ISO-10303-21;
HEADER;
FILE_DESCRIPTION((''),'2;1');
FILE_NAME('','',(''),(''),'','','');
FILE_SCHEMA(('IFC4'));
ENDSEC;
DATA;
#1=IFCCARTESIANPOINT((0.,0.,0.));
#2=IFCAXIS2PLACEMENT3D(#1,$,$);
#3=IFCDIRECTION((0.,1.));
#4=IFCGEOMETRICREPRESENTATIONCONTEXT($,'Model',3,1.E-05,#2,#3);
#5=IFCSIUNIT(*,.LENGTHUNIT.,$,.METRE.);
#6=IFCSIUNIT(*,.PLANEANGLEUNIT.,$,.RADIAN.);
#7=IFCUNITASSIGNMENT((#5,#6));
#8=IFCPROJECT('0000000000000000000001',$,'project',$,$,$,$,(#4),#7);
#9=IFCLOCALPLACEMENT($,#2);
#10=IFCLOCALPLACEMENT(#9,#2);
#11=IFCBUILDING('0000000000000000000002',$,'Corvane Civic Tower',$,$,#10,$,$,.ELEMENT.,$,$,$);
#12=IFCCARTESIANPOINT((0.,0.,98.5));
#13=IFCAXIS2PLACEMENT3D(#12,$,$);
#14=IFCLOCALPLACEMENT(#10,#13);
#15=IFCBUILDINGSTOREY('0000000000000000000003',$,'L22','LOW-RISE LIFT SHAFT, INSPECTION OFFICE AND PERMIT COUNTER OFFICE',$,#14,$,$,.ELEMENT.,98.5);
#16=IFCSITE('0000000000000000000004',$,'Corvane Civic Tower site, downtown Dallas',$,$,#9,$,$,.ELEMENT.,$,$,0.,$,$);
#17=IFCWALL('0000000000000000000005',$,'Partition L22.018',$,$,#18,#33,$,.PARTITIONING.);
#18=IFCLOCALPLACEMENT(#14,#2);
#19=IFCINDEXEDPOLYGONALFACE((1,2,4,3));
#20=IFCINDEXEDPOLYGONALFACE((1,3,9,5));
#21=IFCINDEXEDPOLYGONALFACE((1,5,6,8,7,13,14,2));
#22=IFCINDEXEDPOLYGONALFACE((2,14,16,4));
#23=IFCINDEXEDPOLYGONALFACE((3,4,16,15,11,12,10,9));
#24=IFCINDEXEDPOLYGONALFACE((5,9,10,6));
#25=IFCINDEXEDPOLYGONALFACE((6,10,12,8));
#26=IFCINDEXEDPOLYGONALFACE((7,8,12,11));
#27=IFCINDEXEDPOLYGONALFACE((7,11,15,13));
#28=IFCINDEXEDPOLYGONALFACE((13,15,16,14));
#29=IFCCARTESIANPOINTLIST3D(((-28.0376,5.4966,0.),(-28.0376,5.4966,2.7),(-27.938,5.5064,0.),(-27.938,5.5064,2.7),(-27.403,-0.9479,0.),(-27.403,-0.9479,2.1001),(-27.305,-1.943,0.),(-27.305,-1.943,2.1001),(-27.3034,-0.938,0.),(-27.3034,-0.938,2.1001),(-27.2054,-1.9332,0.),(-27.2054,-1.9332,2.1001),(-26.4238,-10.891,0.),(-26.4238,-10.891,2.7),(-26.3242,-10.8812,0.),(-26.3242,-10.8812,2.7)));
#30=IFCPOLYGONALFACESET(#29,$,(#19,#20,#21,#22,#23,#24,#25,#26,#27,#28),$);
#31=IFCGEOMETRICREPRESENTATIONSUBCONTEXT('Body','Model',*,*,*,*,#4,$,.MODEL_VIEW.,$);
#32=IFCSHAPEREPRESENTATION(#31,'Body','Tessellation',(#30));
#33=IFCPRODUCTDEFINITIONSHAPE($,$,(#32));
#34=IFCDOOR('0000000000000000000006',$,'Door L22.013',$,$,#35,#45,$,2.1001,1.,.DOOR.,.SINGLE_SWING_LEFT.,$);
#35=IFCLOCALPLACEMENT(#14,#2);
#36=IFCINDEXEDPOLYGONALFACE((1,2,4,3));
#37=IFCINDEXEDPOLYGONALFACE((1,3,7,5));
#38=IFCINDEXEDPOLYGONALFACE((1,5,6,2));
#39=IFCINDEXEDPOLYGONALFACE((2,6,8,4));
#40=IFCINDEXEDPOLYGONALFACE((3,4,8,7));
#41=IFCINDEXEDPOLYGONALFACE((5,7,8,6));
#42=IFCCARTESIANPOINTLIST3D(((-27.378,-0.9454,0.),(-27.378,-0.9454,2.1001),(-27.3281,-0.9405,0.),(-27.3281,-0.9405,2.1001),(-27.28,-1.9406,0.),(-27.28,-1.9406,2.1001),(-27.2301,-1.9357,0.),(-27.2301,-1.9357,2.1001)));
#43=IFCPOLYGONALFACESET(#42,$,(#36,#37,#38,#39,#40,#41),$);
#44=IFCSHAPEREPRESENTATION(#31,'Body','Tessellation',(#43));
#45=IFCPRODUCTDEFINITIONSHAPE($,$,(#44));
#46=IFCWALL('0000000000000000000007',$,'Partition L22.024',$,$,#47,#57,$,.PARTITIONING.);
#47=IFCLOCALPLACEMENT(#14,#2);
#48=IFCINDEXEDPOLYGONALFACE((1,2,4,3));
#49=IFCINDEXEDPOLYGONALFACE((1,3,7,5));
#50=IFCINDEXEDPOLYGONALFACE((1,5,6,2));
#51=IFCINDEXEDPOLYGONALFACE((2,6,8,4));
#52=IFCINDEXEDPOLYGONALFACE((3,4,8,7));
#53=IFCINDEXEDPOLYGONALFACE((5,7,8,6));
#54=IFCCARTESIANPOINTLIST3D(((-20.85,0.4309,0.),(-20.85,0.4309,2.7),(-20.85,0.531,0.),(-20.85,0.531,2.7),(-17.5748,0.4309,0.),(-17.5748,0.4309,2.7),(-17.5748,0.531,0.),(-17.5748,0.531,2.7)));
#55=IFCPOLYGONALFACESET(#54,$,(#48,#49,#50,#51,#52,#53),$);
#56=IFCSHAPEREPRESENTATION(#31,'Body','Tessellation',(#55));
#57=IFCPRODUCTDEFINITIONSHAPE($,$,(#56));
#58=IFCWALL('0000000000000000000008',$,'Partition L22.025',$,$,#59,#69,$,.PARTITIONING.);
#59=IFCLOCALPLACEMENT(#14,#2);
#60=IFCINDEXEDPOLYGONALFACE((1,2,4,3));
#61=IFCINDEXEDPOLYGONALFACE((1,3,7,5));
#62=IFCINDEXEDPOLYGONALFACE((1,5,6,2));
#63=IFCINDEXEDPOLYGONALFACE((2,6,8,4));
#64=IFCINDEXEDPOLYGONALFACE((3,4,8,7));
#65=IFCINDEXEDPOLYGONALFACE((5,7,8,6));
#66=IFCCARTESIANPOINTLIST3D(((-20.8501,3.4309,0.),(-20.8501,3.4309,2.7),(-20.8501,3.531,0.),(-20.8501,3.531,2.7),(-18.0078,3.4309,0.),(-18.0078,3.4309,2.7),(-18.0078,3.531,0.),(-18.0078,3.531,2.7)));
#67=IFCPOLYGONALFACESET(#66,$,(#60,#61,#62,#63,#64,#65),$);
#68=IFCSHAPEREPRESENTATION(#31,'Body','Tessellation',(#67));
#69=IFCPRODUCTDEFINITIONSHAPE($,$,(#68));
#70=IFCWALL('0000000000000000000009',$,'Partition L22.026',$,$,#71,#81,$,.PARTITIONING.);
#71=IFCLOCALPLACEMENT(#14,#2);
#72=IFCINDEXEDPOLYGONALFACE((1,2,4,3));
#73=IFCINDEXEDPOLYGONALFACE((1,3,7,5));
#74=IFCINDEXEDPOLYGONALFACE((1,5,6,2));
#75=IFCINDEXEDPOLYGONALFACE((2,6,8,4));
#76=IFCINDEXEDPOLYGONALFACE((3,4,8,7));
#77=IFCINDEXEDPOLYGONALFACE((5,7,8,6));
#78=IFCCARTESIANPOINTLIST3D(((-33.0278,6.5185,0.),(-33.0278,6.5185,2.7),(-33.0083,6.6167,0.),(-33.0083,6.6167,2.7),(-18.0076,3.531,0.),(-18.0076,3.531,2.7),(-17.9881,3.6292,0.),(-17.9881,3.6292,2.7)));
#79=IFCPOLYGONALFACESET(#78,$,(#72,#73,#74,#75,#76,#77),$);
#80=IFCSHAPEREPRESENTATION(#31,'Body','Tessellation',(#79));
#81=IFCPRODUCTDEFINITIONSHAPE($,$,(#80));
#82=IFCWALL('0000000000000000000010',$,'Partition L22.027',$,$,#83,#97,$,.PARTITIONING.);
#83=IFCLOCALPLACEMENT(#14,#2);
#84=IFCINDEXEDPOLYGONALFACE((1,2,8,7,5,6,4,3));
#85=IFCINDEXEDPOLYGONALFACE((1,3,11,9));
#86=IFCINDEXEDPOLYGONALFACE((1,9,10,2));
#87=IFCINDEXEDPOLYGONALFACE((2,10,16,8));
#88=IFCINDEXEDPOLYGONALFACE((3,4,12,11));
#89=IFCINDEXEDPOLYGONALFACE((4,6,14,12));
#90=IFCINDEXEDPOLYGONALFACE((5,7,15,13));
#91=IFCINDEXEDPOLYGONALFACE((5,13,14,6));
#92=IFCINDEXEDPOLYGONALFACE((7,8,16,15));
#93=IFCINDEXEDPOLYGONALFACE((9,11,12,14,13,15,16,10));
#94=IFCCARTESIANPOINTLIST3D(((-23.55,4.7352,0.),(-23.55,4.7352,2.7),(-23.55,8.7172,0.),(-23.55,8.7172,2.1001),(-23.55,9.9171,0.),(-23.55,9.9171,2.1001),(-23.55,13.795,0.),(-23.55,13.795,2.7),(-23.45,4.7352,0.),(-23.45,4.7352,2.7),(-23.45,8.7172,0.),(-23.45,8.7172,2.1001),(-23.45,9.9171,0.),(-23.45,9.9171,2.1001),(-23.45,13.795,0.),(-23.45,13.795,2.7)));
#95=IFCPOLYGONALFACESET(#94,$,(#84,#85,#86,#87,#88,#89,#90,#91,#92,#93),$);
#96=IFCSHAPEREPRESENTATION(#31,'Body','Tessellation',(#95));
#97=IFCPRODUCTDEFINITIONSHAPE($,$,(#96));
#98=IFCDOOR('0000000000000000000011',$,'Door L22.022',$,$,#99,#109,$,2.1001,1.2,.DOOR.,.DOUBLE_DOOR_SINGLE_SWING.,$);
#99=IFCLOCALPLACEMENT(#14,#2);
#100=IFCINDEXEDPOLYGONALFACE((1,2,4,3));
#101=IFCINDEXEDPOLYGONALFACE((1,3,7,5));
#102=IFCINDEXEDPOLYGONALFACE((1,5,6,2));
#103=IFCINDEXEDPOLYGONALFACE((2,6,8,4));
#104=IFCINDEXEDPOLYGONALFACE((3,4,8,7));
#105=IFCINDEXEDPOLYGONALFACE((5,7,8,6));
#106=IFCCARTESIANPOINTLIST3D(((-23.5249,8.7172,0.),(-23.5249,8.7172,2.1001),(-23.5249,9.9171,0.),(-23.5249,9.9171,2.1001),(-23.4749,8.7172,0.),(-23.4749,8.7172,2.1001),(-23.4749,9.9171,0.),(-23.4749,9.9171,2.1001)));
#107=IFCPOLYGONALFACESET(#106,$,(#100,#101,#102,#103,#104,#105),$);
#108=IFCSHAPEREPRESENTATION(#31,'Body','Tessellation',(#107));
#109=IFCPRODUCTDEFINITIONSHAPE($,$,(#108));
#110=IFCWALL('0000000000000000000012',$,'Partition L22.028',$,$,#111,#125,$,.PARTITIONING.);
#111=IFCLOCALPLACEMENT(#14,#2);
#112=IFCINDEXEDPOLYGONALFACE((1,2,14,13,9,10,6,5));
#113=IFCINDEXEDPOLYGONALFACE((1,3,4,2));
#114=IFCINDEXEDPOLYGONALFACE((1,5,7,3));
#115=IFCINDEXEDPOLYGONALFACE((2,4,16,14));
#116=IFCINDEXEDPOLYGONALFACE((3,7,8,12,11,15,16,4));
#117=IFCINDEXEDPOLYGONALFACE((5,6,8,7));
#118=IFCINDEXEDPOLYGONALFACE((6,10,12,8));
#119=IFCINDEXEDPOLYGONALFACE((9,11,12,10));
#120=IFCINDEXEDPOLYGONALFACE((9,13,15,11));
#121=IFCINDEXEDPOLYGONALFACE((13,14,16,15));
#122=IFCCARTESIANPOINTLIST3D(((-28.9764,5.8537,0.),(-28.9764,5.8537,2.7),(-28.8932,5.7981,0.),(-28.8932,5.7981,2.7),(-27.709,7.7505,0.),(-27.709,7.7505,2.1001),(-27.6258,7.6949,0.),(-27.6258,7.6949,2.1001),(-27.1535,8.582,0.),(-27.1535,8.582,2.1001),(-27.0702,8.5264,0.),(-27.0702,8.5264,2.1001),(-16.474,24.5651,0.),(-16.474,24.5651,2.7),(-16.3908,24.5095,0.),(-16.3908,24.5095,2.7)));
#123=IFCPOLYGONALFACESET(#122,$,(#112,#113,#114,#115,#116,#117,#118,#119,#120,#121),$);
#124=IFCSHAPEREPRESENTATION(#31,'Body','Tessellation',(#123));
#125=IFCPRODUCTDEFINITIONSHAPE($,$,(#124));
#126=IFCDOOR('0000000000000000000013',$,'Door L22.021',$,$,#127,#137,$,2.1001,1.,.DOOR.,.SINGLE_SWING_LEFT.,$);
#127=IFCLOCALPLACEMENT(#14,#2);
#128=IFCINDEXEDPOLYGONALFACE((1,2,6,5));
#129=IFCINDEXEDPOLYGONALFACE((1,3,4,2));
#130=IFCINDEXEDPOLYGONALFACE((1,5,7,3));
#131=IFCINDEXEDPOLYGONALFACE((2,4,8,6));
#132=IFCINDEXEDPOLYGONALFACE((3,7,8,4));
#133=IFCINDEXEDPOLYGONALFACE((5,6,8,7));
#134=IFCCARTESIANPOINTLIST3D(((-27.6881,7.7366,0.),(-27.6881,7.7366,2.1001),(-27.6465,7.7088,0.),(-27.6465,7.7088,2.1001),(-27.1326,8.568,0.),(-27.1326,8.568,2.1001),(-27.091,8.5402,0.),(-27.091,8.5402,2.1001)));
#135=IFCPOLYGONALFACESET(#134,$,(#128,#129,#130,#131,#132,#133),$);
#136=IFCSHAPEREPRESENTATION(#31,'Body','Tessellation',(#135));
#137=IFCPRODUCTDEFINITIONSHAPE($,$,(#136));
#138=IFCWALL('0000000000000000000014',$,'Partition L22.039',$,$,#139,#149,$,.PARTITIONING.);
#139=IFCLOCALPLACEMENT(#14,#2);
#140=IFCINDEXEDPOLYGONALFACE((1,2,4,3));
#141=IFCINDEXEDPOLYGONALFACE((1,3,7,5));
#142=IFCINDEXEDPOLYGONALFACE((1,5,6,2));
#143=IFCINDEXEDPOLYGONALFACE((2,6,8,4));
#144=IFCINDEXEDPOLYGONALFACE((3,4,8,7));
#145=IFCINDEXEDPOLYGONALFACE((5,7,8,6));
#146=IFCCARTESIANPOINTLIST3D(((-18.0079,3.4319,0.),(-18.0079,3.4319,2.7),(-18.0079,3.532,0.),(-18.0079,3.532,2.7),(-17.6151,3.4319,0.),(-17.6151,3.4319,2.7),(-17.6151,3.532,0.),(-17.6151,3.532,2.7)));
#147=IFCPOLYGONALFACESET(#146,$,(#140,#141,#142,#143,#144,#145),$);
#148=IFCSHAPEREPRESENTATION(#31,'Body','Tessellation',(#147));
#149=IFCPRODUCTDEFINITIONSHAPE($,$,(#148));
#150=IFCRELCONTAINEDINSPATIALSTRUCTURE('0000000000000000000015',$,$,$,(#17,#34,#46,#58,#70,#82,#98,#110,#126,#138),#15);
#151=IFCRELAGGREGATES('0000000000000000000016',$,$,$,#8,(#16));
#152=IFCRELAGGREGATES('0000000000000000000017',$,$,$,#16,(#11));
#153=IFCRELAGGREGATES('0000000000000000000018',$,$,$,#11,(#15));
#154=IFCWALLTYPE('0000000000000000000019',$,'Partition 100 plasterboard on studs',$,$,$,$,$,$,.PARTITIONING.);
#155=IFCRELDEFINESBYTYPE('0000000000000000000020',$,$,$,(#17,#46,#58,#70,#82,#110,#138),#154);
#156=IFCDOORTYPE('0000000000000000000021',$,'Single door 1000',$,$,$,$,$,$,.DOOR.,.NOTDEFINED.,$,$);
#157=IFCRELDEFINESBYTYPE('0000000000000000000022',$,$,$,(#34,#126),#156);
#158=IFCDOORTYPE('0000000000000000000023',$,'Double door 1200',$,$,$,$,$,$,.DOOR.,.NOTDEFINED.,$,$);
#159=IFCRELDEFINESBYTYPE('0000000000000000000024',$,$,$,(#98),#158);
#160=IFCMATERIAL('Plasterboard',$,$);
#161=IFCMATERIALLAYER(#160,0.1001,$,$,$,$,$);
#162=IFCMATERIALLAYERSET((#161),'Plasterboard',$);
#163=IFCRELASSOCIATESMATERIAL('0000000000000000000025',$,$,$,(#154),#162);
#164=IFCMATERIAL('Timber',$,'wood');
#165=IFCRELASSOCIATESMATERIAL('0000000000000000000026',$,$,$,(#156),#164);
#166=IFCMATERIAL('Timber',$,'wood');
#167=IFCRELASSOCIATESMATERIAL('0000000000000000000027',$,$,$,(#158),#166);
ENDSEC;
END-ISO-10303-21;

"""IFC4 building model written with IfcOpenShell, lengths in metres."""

from ifc_helpers import new_model, si_unit, direction, frame, frame_2d, origin, place, context, subcontext, project, spatial, rectangle, extrude, material, layer, layer_set, type_object, element, fill, save


model = new_model("IFC4")

# Units and contexts
model_context = context("Model", 3, precision=1e-05, world=origin(), true_north=direction((0.0, 1.0)))
body_context = subcontext(model_context, "Body", "Model", "MODEL_VIEW")
ifc_project = project(units=[si_unit("LENGTHUNIT", "METRE"), si_unit("PLANEANGLEUNIT", "RADIAN")], contexts=[model_context])

# Site, building, storey
site_placement = place(None, origin())
site = spatial("IfcSite", under=ifc_project, at=site_placement, Name="Corvane Civic Tower site, downtown Dallas", CompositionType="ELEMENT", RefElevation=0.0)
building_placement = place(site_placement, origin())
building = spatial("IfcBuilding", under=site, at=building_placement, Name="Corvane Civic Tower", CompositionType="ELEMENT")
storey_placement = place(building_placement, frame((0.0, 0.0, 98.5)))
storey = spatial("IfcBuildingStorey", under=building, at=storey_placement, Name="L22", Description="LOW-RISE LIFT SHAFT, INSPECTION OFFICE AND PERMIT COUNTER OFFICE", CompositionType="ELEMENT", Elevation=98.5)

# Wall, opening, door
ifc_material_1 = material(Name="Plasterboard")
ifc_layer_1 = layer(ifc_material_1, 0.1001)
ifc_layer_set_1 = layer_set([ifc_layer_1], Name="Plasterboard")
wall_type = type_object("IfcWallType", Name="Partition 100 plasterboard on studs", PredefinedType="PARTITIONING", material=ifc_layer_set_1)
wall_1_placement = place(storey_placement, frame((-27.9878, 5.5015, 0.0), z_axis=(0.0, 0.0, 1.0), x_axis=(0.098002, -0.995186, 0.0)))
wall_1 = element("IfcWall", 1, at=wall_1_placement, inside=storey, type_object=wall_type, Name="Partition L22.018", PredefinedType="PARTITIONING", context=body_context, shape_type="SweptSolid", body=[
    extrude(rectangle(XDim=16.4668, YDim=0.1001, at=frame_2d((8.2334, 0.0))), origin(), (0.0, 0.0, 1.0), 2.7),
])
opening_1_placement = place(wall_1_placement, frame((6.4756, 0.0, 0.0)))
opening_1 = element("IfcOpeningElement", 2, at=opening_1_placement, cuts=wall_1, PredefinedType="OPENING", context=body_context, shape_type="SweptSolid", body=[
    extrude(rectangle(XDim=1.0, YDim=2.1001, at=frame_2d((0.5, 1.05))), frame((0.0, 0.0601, 0.0), z_axis=(0.0, -1.0, 0.0), x_axis=(1.0, 0.0, 0.0)), (0.0, 0.0, 1.0), 0.1201),
])
ifc_material_2 = material(Name="Timber", Category="wood")
door_type_1 = type_object("IfcDoorType", Name="Single door 1000", OperationType="NOTDEFINED", PredefinedType="DOOR", material=ifc_material_2)
door_1_placement = place(opening_1_placement, frame((1.0, 0.0, 0.0), z_axis=(0.0, 0.0, 1.0), x_axis=(-1.0, 0.0, 0.0)))
door_1 = element("IfcDoor", 3, at=door_1_placement, inside=storey, type_object=door_type_1, Name="Door L22.013", OperationType="SINGLE_SWING_LEFT", OverallHeight=2.1001, OverallWidth=1.0, PredefinedType="DOOR", context=body_context, shape_type="SweptSolid", body=[
    extrude(rectangle(XDim=1.0, YDim=2.1001, at=frame_2d((0.5, 1.05))), frame((0.0, 0.0249, 0.0), z_axis=(0.0, -1.0, 0.0), x_axis=(1.0, 0.0, 0.0)), (0.0, 0.0, 1.0), 0.05),
])
fill(opening_1, door_1)

# Walls
wall_2_placement = place(storey_placement, frame((-20.8501, 0.481, 0.0), z_axis=(0.0, 0.0, 1.0), x_axis=(1.0, 0.0, 0.0)))
element("IfcWall", 4, at=wall_2_placement, inside=storey, type_object=wall_type, Name="Partition L22.024", PredefinedType="PARTITIONING", context=body_context, shape_type="SweptSolid", body=[
    extrude(rectangle(XDim=3.2751, YDim=0.1001, at=frame_2d((1.6377, 0.0))), origin(), (0.0, 0.0, 1.0), 2.7),
])
wall_3_placement = place(storey_placement, frame((-20.8501, 3.481, 0.0), z_axis=(0.0, 0.0, 1.0), x_axis=(1.0, 0.0, 0.0)))
element("IfcWall", 5, at=wall_3_placement, inside=storey, type_object=wall_type, Name="Partition L22.025", PredefinedType="PARTITIONING", context=body_context, shape_type="SweptSolid", body=[
    extrude(rectangle(XDim=2.8423, YDim=0.1001, at=frame_2d((1.4211, 0.0))), origin(), (0.0, 0.0, 1.0), 2.7),
])
wall_4_placement = place(storey_placement, frame((-33.0181, 6.5676, 0.0), z_axis=(0.0, 0.0, 1.0), x_axis=(0.980787, -0.19508, 0.0)))
element("IfcWall", 6, at=wall_4_placement, inside=storey, type_object=wall_type, Name="Partition L22.026", PredefinedType="PARTITIONING", context=body_context, shape_type="SweptSolid", body=[
    extrude(rectangle(XDim=15.3145, YDim=0.1001, at=frame_2d((7.6572, 0.0))), origin(), (0.0, 0.0, 1.0), 2.7),
])

# Walls, openings, doors
wall_5_placement = place(storey_placement, frame((-23.5, 4.7354, 0.0), z_axis=(0.0, 0.0, 1.0), x_axis=(0.0, 1.0, 0.0)))
wall_5 = element("IfcWall", 7, at=wall_5_placement, inside=storey, type_object=wall_type, Name="Partition L22.027", PredefinedType="PARTITIONING", context=body_context, shape_type="SweptSolid", body=[
    extrude(rectangle(XDim=9.0598, YDim=0.1001, at=frame_2d((4.5298, 0.0))), origin(), (0.0, 0.0, 1.0), 2.7),
])
opening_2_placement = place(wall_5_placement, frame((3.9817, 0.0, 0.0)))
opening_2 = element("IfcOpeningElement", 8, at=opening_2_placement, cuts=wall_5, PredefinedType="OPENING", context=body_context, shape_type="SweptSolid", body=[
    extrude(rectangle(XDim=1.2, YDim=2.1001, at=frame_2d((0.6001, 1.05))), frame((0.0, 0.0601, 0.0), z_axis=(0.0, -1.0, 0.0), x_axis=(1.0, 0.0, 0.0)), (0.0, 0.0, 1.0), 0.1201),
])
ifc_material_3 = material(Name="Timber", Category="wood")
door_type_2 = type_object("IfcDoorType", Name="Double door 1200", OperationType="NOTDEFINED", PredefinedType="DOOR", material=ifc_material_3)
door_2_placement = place(opening_2_placement, origin())
door_2 = element("IfcDoor", 9, at=door_2_placement, inside=storey, type_object=door_type_2, Name="Door L22.022", OperationType="DOUBLE_DOOR_SINGLE_SWING", OverallHeight=2.1001, OverallWidth=1.2, PredefinedType="DOOR", context=body_context, shape_type="SweptSolid", body=[
    extrude(rectangle(XDim=1.2, YDim=2.1001, at=frame_2d((0.6001, 1.05))), frame((0.0, 0.0249, 0.0), z_axis=(0.0, -1.0, 0.0), x_axis=(1.0, 0.0, 0.0)), (0.0, 0.0, 1.0), 0.05),
])
fill(opening_2, door_2)
wall_6_placement = place(storey_placement, frame((-28.9348, 5.8259, 0.0), z_axis=(0.0, 0.0, 1.0), x_axis=(0.555566, 0.831472, 0.0)))
wall_6 = element("IfcWall", 10, at=wall_6_placement, inside=storey, type_object=wall_type, Name="Partition L22.028", PredefinedType="PARTITIONING", context=body_context, shape_type="SweptSolid", body=[
    extrude(rectangle(XDim=22.5039, YDim=0.1001, at=frame_2d((11.252, 0.0))), origin(), (0.0, 0.0, 1.0), 2.7),
])
opening_3_placement = place(wall_6_placement, frame((2.2812, 0.0, 0.0)))
opening_3 = element("IfcOpeningElement", 11, at=opening_3_placement, cuts=wall_6, PredefinedType="OPENING", context=body_context, shape_type="SweptSolid", body=[
    extrude(rectangle(XDim=1.0, YDim=2.1001, at=frame_2d((0.5, 1.05))), frame((0.0, 0.0601, 0.0), z_axis=(0.0, -1.0, 0.0), x_axis=(1.0, 0.0, 0.0)), (0.0, 0.0, 1.0), 0.1201),
])
door_3_placement = place(opening_3_placement, origin())
door_3 = element("IfcDoor", 12, at=door_3_placement, inside=storey, type_object=door_type_1, Name="Door L22.021", OperationType="SINGLE_SWING_LEFT", OverallHeight=2.1001, OverallWidth=1.0, PredefinedType="DOOR", context=body_context, shape_type="SweptSolid", body=[
    extrude(rectangle(XDim=1.0, YDim=2.1001, at=frame_2d((0.5, 1.05))), frame((0.0, 0.0249, 0.0), z_axis=(0.0, -1.0, 0.0), x_axis=(1.0, 0.0, 0.0)), (0.0, 0.0, 1.0), 0.05),
])
fill(opening_3, door_3)

# Wall
wall_7_placement = place(storey_placement, frame((-18.0078, 3.4819, 0.0), z_axis=(0.0, 0.0, 1.0), x_axis=(1.0, 0.0, 0.0)))
element("IfcWall", 13, at=wall_7_placement, inside=storey, type_object=wall_type, Name="Partition L22.039", PredefinedType="PARTITIONING", context=body_context, shape_type="SweptSolid", body=[
    extrude(rectangle(XDim=0.3928, YDim=0.1001, at=frame_2d((0.1963, 0.0))), origin(), (0.0, 0.0, 1.0), 2.7),
])

save(model, "model.ifc")
